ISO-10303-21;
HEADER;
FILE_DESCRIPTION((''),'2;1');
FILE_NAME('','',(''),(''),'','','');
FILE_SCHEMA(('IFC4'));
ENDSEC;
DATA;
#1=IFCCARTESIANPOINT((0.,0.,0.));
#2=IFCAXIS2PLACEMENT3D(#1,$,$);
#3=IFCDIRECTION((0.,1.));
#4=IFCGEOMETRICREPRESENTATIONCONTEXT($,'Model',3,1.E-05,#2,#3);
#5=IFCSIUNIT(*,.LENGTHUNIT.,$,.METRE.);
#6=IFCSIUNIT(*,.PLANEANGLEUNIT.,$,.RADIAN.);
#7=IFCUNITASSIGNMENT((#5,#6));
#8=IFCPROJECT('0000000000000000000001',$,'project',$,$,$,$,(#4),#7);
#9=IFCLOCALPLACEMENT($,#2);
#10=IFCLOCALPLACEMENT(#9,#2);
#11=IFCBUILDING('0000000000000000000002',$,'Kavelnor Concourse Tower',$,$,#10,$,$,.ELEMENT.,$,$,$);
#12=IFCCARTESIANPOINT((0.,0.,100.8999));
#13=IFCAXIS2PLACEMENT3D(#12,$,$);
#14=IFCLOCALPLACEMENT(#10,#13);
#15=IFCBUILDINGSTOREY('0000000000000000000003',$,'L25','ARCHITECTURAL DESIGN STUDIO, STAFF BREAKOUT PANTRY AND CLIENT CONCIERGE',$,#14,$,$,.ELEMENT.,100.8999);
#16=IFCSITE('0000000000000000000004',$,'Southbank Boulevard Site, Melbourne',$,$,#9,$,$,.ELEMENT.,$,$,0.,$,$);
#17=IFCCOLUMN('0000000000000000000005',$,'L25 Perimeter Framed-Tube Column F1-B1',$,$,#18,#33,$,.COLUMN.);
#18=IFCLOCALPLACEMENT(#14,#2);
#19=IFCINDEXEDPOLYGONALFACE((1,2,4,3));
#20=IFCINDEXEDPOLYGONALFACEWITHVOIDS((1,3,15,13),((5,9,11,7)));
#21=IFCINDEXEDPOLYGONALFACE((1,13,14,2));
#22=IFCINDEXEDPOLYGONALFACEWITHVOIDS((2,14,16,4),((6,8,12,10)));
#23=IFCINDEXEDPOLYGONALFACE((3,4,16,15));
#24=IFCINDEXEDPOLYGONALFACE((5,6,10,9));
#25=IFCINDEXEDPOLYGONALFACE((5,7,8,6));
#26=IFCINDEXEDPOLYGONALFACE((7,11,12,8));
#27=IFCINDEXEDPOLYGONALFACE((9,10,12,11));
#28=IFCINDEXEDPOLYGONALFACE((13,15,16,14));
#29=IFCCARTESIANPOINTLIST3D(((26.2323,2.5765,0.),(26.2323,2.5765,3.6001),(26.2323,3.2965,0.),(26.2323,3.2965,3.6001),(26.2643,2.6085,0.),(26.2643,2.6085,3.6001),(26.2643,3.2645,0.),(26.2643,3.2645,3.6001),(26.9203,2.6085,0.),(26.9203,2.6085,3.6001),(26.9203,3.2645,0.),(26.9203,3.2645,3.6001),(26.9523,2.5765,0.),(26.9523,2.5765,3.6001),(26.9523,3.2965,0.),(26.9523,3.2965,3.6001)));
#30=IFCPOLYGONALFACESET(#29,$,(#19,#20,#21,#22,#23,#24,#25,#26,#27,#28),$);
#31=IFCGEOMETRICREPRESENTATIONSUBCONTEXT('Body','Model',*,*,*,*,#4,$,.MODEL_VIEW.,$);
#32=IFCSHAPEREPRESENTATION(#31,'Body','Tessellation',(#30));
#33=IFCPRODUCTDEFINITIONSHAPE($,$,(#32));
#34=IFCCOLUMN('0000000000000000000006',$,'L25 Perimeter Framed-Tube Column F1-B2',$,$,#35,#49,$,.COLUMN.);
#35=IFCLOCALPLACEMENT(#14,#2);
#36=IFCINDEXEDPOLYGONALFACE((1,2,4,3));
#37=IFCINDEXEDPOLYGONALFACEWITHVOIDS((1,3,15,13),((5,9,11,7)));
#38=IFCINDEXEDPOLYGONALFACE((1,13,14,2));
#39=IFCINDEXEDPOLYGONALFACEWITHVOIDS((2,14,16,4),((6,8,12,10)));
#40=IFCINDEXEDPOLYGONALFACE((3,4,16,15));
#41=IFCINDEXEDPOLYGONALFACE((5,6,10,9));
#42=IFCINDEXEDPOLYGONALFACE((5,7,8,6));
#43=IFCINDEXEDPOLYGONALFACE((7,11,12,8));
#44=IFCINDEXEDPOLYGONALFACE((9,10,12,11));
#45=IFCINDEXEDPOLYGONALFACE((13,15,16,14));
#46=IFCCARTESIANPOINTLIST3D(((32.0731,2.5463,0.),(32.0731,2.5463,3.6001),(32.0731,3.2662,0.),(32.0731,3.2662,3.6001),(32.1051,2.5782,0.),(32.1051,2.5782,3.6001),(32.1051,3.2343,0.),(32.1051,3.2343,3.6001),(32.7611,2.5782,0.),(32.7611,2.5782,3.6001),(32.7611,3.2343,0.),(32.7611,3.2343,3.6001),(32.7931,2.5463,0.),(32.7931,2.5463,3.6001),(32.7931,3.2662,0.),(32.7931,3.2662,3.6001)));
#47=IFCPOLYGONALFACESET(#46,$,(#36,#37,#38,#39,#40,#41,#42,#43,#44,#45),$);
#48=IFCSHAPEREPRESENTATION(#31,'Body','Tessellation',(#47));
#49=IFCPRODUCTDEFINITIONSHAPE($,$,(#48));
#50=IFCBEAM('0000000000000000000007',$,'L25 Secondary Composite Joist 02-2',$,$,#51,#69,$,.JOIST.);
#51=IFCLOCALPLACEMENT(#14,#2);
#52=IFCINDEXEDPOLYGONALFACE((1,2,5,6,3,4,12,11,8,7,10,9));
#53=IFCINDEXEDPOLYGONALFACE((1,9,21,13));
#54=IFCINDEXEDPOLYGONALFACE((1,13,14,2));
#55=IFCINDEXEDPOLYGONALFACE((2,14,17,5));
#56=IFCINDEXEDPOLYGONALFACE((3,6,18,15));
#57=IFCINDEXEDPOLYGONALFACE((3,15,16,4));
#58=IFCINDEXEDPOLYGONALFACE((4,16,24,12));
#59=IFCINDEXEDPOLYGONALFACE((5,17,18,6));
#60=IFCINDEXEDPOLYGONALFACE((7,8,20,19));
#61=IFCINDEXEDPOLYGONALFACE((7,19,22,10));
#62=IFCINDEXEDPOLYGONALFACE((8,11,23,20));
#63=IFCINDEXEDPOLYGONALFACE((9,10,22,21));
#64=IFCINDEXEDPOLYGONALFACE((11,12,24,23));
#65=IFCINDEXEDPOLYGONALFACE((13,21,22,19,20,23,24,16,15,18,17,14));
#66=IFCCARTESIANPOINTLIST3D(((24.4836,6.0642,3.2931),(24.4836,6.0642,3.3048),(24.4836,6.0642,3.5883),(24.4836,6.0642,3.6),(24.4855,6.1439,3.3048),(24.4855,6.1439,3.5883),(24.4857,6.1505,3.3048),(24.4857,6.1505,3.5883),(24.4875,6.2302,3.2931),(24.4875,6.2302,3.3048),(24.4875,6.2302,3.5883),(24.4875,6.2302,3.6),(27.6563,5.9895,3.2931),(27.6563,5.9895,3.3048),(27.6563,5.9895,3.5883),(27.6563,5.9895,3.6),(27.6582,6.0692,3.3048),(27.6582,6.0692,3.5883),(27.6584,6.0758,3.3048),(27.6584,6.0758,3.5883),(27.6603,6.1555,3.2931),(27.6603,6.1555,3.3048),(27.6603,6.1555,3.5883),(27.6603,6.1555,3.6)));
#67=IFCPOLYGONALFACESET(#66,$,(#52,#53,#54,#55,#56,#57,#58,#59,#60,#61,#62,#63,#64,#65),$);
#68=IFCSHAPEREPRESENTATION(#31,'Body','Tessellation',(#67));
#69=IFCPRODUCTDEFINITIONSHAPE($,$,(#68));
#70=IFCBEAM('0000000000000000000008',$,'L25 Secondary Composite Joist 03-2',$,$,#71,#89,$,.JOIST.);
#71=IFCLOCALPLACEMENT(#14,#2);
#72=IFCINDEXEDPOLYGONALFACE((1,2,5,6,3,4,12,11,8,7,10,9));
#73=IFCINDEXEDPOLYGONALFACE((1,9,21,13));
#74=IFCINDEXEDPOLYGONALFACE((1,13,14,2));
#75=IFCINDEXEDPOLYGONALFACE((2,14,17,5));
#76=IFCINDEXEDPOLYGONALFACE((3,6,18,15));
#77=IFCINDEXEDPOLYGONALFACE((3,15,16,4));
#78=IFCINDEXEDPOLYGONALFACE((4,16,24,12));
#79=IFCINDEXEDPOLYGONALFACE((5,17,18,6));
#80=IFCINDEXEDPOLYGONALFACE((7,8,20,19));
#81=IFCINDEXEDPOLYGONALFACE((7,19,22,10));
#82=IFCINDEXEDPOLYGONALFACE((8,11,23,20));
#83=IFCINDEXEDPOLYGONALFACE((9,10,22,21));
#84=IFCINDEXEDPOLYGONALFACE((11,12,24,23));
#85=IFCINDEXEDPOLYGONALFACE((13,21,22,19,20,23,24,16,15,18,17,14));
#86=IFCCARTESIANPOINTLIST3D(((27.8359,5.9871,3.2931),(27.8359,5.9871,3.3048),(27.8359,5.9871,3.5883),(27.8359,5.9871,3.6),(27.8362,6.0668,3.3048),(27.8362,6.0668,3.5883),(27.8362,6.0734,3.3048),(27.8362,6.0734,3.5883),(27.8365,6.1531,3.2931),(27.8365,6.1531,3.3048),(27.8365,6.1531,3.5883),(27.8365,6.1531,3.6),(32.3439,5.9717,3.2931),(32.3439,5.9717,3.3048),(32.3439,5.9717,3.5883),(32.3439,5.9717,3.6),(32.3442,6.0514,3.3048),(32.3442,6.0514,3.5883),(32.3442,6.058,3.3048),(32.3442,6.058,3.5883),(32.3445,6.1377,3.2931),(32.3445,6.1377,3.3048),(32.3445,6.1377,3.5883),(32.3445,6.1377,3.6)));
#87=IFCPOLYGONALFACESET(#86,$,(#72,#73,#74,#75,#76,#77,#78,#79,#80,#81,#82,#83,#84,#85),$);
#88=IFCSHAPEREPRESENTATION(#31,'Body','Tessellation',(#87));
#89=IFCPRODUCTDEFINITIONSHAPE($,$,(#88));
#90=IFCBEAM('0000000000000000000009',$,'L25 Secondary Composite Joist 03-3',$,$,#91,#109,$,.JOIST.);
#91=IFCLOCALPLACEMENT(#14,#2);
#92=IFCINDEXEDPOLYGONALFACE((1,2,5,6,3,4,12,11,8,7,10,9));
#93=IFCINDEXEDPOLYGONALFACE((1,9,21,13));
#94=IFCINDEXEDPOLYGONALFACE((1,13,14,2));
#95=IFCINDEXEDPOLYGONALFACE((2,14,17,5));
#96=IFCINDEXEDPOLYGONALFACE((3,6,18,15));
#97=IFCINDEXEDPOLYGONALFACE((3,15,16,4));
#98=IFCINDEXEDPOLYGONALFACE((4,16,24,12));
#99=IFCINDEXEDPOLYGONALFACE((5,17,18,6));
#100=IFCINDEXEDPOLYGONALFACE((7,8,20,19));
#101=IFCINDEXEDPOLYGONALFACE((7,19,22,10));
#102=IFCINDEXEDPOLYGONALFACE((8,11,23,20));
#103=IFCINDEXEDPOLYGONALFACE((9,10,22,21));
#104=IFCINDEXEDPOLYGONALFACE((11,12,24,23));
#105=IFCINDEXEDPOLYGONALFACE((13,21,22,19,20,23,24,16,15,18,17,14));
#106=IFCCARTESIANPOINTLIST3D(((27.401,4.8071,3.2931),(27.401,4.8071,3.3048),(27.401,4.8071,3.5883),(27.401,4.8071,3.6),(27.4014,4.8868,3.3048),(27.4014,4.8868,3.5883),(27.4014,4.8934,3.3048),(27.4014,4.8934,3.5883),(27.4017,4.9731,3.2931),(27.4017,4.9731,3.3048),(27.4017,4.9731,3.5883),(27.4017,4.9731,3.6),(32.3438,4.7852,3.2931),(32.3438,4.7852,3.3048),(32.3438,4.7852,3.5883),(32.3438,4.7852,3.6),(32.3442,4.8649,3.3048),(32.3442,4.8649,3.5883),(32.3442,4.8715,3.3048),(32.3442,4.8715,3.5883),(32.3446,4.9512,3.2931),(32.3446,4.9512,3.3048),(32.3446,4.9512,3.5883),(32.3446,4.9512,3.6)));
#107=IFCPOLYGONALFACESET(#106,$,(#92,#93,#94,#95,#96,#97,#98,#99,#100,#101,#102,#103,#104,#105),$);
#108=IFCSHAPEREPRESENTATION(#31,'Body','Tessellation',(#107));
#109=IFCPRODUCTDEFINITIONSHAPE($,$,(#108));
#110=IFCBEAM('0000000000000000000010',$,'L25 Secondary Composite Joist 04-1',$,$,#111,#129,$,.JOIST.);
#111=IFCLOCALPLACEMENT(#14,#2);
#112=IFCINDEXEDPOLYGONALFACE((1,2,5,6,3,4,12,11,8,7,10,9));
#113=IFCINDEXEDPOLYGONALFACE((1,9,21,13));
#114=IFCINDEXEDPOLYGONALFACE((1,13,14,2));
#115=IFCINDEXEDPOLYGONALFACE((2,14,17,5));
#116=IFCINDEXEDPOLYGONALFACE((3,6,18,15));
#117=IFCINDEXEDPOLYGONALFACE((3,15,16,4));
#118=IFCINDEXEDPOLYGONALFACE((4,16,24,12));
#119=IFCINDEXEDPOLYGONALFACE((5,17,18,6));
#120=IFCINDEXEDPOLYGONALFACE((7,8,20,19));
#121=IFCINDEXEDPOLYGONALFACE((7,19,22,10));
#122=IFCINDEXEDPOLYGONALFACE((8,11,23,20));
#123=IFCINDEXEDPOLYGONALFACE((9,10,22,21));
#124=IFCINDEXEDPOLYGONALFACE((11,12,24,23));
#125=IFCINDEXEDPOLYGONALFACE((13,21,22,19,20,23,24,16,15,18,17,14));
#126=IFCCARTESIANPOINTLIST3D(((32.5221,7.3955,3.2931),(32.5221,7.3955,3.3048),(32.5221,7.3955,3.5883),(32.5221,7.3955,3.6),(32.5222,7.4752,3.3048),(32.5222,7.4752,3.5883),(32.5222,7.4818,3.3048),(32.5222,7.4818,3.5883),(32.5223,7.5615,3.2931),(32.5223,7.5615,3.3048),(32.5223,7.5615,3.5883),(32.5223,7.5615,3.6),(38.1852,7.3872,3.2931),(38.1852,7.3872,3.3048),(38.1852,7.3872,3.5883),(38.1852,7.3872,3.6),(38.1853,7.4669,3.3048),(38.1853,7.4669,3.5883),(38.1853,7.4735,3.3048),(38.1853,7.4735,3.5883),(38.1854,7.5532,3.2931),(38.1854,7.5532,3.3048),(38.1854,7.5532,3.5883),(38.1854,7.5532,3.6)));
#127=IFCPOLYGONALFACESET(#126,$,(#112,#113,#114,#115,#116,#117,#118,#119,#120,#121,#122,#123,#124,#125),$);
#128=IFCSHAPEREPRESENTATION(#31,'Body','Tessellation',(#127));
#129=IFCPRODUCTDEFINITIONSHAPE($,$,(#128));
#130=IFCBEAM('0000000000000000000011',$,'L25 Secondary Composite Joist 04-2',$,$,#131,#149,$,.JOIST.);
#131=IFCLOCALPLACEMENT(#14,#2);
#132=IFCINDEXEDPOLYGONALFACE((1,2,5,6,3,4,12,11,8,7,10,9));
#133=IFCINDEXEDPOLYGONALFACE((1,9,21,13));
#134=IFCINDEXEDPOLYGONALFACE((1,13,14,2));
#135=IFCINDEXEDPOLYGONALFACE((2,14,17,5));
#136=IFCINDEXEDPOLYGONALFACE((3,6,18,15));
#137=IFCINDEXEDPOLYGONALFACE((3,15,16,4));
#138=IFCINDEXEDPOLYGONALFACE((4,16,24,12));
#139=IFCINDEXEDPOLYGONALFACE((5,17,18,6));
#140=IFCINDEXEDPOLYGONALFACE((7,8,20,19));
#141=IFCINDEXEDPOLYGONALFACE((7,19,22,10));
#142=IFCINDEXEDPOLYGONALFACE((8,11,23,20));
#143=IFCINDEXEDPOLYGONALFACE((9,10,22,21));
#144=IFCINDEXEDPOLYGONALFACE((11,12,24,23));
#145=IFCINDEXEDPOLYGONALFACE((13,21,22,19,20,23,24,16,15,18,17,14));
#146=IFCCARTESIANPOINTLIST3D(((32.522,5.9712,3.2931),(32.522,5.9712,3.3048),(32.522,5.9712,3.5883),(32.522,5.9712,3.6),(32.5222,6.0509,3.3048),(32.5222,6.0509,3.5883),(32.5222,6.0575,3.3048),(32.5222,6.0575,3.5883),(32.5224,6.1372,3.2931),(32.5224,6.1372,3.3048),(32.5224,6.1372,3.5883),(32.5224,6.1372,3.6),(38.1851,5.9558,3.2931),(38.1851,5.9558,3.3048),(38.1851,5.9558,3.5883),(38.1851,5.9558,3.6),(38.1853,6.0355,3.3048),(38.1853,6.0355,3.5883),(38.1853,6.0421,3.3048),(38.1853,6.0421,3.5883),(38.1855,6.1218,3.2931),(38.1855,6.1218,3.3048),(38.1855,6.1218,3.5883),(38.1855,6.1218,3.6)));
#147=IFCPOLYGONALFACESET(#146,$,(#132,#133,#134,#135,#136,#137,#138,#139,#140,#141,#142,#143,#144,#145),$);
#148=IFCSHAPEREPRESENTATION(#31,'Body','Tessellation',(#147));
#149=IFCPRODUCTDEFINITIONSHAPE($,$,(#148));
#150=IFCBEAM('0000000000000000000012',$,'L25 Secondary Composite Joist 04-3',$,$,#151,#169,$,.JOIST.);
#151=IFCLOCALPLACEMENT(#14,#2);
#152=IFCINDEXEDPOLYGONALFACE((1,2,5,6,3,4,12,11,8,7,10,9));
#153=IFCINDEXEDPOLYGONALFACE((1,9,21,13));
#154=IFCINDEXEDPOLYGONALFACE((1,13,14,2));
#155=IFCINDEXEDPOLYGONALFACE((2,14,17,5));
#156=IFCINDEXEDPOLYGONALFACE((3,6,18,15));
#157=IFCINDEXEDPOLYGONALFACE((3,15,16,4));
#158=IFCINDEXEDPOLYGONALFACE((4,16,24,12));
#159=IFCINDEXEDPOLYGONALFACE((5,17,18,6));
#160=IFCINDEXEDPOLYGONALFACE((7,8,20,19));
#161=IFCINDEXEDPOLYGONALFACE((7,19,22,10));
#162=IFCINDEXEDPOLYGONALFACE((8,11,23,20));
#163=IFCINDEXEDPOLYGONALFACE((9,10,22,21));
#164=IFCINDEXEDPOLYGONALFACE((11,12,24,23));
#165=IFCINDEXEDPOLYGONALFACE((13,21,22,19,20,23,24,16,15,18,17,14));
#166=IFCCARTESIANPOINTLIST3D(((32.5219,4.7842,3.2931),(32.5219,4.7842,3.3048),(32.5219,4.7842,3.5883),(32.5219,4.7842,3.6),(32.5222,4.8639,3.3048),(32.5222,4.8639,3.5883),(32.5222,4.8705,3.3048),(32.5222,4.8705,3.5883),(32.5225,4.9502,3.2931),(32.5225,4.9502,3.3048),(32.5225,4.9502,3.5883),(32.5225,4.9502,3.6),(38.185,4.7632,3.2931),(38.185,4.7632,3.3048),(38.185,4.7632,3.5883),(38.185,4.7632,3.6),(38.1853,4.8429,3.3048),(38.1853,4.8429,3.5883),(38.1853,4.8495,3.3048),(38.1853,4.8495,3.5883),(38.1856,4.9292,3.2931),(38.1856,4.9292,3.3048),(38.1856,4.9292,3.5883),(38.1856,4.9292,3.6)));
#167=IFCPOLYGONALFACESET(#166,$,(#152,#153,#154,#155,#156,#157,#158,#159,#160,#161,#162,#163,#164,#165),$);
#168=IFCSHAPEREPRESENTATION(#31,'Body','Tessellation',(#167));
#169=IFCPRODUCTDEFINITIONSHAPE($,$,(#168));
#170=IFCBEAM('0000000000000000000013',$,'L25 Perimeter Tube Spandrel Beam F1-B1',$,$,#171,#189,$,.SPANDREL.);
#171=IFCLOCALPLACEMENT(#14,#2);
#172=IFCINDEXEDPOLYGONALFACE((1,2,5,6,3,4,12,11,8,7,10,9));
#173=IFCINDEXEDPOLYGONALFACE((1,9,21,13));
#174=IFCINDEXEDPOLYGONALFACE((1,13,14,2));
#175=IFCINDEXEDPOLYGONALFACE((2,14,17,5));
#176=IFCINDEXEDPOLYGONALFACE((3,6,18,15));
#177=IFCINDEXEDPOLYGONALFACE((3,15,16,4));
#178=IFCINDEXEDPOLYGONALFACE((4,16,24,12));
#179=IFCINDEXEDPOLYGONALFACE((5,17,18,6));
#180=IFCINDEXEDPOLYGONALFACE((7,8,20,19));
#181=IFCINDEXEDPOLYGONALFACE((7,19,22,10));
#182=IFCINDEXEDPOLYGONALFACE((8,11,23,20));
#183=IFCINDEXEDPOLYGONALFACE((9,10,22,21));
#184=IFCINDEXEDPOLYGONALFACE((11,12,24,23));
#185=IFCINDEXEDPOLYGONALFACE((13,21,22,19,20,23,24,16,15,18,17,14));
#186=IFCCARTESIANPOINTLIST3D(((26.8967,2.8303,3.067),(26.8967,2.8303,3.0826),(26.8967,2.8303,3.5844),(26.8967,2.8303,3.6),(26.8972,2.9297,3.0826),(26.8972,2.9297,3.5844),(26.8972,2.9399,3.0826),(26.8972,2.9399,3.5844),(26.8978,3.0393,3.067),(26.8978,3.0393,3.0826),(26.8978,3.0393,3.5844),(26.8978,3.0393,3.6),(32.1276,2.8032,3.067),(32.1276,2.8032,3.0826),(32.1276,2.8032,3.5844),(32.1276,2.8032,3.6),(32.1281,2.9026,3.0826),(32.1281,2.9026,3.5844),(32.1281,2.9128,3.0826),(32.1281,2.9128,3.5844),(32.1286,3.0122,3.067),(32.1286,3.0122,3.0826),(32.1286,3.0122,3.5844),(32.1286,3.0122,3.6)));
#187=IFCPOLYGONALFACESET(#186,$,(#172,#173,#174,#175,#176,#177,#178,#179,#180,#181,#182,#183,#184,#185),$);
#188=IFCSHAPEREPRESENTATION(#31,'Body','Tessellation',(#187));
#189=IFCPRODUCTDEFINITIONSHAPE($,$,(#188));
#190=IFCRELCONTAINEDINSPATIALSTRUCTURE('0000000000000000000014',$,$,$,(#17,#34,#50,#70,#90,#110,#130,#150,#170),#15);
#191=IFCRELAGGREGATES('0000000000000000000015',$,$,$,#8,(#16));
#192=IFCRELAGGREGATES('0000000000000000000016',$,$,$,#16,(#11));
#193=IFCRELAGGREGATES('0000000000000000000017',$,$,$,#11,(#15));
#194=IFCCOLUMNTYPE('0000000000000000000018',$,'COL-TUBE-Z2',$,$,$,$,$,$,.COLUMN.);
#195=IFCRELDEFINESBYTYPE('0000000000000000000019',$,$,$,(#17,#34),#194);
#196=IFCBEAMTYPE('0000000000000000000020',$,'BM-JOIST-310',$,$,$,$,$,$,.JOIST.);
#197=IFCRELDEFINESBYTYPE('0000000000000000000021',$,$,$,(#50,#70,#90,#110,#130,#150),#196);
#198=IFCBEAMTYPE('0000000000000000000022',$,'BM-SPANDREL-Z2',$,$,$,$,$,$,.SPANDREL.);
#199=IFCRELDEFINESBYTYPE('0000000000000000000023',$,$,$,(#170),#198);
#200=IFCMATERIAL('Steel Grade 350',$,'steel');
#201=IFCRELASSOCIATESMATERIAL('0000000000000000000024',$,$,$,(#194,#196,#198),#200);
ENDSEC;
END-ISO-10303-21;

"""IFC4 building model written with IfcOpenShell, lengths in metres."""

from ifc_helpers import new_model, si_unit, direction, frame, origin, origin_2d, place, context, subcontext, project, spatial, hollow_rectangle, i_section, extrude, material, material_profile, profile_set, type_object, element, save


model = new_model("IFC4")

# Units and contexts
model_context = context("Model", 3, precision=1e-05, world=origin(), true_north=direction((0.0, 1.0)))
body_context = subcontext(model_context, "Body", "Model", "MODEL_VIEW")
ifc_project = project(units=[si_unit("LENGTHUNIT", "METRE"), si_unit("PLANEANGLEUNIT", "RADIAN")], contexts=[model_context])

# Site, building, storey
site_placement = place(None, origin())
site = spatial("IfcSite", under=ifc_project, at=site_placement, Name="Southbank Boulevard Site, Melbourne", CompositionType="ELEMENT", RefElevation=0.0)
building_placement = place(site_placement, origin())
building = spatial("IfcBuilding", under=site, at=building_placement, Name="Kavelnor Concourse Tower", CompositionType="ELEMENT")
storey_placement = place(building_placement, frame((0.0, 0.0, 100.8999)))
storey = spatial("IfcBuildingStorey", under=building, at=storey_placement, Name="L25", Description="ARCHITECTURAL DESIGN STUDIO, STAFF BREAKOUT PANTRY AND CLIENT CONCIERGE", CompositionType="ELEMENT", Elevation=100.8999)

# Columns
ifc_material_1 = material(Name="Steel Grade 350", Category="steel")
ifc_material_profile_1 = material_profile(ifc_material_1, hollow_rectangle(XDim=0.72, YDim=0.72, WallThickness=0.032, at=origin_2d()), Name="SHS 720x720x32")
ifc_profile_set_1 = profile_set([ifc_material_profile_1], Name="Steel Grade 350")
column_type = type_object("IfcColumnType", Name="COL-TUBE-Z2", PredefinedType="COLUMN", material=ifc_profile_set_1)
for number, where, z_axis, x_axis, name in (
    (1, (26.5923, 2.9365, 0.0), (0.0, 0.0, 1.0), (1.0, 0.0, 0.0), "L25 Perimeter Framed-Tube Column F1-B1"),
    (2, (32.4331, 2.9062, 0.0), (0.0, 0.0, 1.0), (1.0, 0.0, 0.0), "L25 Perimeter Framed-Tube Column F1-B2"),
):
    element("IfcColumn", number, at=place(storey_placement, frame(where, z_axis=z_axis, x_axis=x_axis)), inside=storey, type_object=column_type, Name=name, PredefinedType="COLUMN", context=body_context, shape_type="SweptSolid", body=[
        extrude(hollow_rectangle(XDim=0.72, YDim=0.72, WallThickness=0.032, at=origin_2d()), origin(), (0.0, 0.0, 1.0), 3.6001),
    ])

# Beams
ifc_material_profile_2 = material_profile(ifc_material_1, i_section(OverallWidth=0.166, OverallDepth=0.3069, WebThickness=0.0066, FlangeThickness=0.0117, at=origin_2d()), Name="310UB46")
ifc_profile_set_2 = profile_set([ifc_material_profile_2], Name="Steel Grade 350")
beam_type_1 = type_object("IfcBeamType", Name="BM-JOIST-310", PredefinedType="JOIST", material=ifc_profile_set_2)
beam_1_placement = place(storey_placement, frame((24.4856, 6.1472, 3.4465), z_axis=(0.999723, -0.023541, 0.0), x_axis=(0.023541, 0.999723, 0.0)))
element("IfcBeam", 3, at=beam_1_placement, inside=storey, type_object=beam_type_1, Name="L25 Secondary Composite Joist 02-2", PredefinedType="JOIST", context=body_context, shape_type="SweptSolid", body=[
    extrude(i_section(OverallWidth=0.166, OverallDepth=0.3069, WebThickness=0.0066, FlangeThickness=0.0117, at=origin_2d()), origin(), (0.0, 0.0, 1.0), 3.1736),
])
beam_2_placement = place(storey_placement, frame((27.8362, 6.0701, 3.4465), z_axis=(0.999994, -0.003412, 0.0), x_axis=(0.003412, 0.999994, 0.0)))
element("IfcBeam", 4, at=beam_2_placement, inside=storey, type_object=beam_type_1, Name="L25 Secondary Composite Joist 03-2", PredefinedType="JOIST", context=body_context, shape_type="SweptSolid", body=[
    extrude(i_section(OverallWidth=0.166, OverallDepth=0.3069, WebThickness=0.0066, FlangeThickness=0.0117, at=origin_2d()), origin(), (0.0, 0.0, 1.0), 4.5081),
])
beam_3_placement = place(storey_placement, frame((27.4014, 4.8901, 3.4465), z_axis=(0.99999, -0.004445, 0.0), x_axis=(0.004445, 0.99999, 0.0)))
element("IfcBeam", 5, at=beam_3_placement, inside=storey, type_object=beam_type_1, Name="L25 Secondary Composite Joist 03-3", PredefinedType="JOIST", context=body_context, shape_type="SweptSolid", body=[
    extrude(i_section(OverallWidth=0.166, OverallDepth=0.3069, WebThickness=0.0066, FlangeThickness=0.0117, at=origin_2d()), origin(), (0.0, 0.0, 1.0), 4.9429),
])
for number, where, z_axis, x_axis, name in (
    (6, (32.5222, 7.4785, 3.4465), (0.999999, -0.001466, 0.0), (0.001466, 0.999999, 0.0), "L25 Secondary Composite Joist 04-1"),
    (7, (32.5222, 6.0542, 3.4465), (0.999996, -0.002716, 0.0), (0.002716, 0.999996, 0.0), "L25 Secondary Composite Joist 04-2"),
    (8, (32.5222, 4.8672, 3.4465), (0.999993, -0.003708, 0.0), (0.003708, 0.999993, 0.0), "L25 Secondary Composite Joist 04-3"),
):
    element("IfcBeam", number, at=place(storey_placement, frame(where, z_axis=z_axis, x_axis=x_axis)), inside=storey, type_object=beam_type_1, Name=name, PredefinedType="JOIST", context=body_context, shape_type="SweptSolid", body=[
        extrude(i_section(OverallWidth=0.166, OverallDepth=0.3069, WebThickness=0.0066, FlangeThickness=0.0117, at=origin_2d()), origin(), (0.0, 0.0, 1.0), 5.6631),
    ])
ifc_material_profile_3 = material_profile(ifc_material_1, i_section(OverallWidth=0.209, OverallDepth=0.533, WebThickness=0.0103, FlangeThickness=0.0156, at=origin_2d()), Name="530UB92")
ifc_profile_set_3 = profile_set([ifc_material_profile_3], Name="Steel Grade 350")
beam_type_2 = type_object("IfcBeamType", Name="BM-SPANDREL-Z2", PredefinedType="SPANDREL", material=ifc_profile_set_3)
beam_4_placement = place(storey_placement, frame((26.8972, 2.9348, 3.3335), z_axis=(0.999987, -0.005181, 0.0), x_axis=(0.005181, 0.999987, 0.0)))
element("IfcBeam", 9, at=beam_4_placement, inside=storey, type_object=beam_type_2, Name="L25 Perimeter Tube Spandrel Beam F1-B1", PredefinedType="SPANDREL", context=body_context, shape_type="SweptSolid", body=[
    extrude(i_section(OverallWidth=0.209, OverallDepth=0.533, WebThickness=0.0103, FlangeThickness=0.0156, at=origin_2d()), origin(), (0.0, 0.0, 1.0), 5.231),
])

save(model, "model.ifc")
